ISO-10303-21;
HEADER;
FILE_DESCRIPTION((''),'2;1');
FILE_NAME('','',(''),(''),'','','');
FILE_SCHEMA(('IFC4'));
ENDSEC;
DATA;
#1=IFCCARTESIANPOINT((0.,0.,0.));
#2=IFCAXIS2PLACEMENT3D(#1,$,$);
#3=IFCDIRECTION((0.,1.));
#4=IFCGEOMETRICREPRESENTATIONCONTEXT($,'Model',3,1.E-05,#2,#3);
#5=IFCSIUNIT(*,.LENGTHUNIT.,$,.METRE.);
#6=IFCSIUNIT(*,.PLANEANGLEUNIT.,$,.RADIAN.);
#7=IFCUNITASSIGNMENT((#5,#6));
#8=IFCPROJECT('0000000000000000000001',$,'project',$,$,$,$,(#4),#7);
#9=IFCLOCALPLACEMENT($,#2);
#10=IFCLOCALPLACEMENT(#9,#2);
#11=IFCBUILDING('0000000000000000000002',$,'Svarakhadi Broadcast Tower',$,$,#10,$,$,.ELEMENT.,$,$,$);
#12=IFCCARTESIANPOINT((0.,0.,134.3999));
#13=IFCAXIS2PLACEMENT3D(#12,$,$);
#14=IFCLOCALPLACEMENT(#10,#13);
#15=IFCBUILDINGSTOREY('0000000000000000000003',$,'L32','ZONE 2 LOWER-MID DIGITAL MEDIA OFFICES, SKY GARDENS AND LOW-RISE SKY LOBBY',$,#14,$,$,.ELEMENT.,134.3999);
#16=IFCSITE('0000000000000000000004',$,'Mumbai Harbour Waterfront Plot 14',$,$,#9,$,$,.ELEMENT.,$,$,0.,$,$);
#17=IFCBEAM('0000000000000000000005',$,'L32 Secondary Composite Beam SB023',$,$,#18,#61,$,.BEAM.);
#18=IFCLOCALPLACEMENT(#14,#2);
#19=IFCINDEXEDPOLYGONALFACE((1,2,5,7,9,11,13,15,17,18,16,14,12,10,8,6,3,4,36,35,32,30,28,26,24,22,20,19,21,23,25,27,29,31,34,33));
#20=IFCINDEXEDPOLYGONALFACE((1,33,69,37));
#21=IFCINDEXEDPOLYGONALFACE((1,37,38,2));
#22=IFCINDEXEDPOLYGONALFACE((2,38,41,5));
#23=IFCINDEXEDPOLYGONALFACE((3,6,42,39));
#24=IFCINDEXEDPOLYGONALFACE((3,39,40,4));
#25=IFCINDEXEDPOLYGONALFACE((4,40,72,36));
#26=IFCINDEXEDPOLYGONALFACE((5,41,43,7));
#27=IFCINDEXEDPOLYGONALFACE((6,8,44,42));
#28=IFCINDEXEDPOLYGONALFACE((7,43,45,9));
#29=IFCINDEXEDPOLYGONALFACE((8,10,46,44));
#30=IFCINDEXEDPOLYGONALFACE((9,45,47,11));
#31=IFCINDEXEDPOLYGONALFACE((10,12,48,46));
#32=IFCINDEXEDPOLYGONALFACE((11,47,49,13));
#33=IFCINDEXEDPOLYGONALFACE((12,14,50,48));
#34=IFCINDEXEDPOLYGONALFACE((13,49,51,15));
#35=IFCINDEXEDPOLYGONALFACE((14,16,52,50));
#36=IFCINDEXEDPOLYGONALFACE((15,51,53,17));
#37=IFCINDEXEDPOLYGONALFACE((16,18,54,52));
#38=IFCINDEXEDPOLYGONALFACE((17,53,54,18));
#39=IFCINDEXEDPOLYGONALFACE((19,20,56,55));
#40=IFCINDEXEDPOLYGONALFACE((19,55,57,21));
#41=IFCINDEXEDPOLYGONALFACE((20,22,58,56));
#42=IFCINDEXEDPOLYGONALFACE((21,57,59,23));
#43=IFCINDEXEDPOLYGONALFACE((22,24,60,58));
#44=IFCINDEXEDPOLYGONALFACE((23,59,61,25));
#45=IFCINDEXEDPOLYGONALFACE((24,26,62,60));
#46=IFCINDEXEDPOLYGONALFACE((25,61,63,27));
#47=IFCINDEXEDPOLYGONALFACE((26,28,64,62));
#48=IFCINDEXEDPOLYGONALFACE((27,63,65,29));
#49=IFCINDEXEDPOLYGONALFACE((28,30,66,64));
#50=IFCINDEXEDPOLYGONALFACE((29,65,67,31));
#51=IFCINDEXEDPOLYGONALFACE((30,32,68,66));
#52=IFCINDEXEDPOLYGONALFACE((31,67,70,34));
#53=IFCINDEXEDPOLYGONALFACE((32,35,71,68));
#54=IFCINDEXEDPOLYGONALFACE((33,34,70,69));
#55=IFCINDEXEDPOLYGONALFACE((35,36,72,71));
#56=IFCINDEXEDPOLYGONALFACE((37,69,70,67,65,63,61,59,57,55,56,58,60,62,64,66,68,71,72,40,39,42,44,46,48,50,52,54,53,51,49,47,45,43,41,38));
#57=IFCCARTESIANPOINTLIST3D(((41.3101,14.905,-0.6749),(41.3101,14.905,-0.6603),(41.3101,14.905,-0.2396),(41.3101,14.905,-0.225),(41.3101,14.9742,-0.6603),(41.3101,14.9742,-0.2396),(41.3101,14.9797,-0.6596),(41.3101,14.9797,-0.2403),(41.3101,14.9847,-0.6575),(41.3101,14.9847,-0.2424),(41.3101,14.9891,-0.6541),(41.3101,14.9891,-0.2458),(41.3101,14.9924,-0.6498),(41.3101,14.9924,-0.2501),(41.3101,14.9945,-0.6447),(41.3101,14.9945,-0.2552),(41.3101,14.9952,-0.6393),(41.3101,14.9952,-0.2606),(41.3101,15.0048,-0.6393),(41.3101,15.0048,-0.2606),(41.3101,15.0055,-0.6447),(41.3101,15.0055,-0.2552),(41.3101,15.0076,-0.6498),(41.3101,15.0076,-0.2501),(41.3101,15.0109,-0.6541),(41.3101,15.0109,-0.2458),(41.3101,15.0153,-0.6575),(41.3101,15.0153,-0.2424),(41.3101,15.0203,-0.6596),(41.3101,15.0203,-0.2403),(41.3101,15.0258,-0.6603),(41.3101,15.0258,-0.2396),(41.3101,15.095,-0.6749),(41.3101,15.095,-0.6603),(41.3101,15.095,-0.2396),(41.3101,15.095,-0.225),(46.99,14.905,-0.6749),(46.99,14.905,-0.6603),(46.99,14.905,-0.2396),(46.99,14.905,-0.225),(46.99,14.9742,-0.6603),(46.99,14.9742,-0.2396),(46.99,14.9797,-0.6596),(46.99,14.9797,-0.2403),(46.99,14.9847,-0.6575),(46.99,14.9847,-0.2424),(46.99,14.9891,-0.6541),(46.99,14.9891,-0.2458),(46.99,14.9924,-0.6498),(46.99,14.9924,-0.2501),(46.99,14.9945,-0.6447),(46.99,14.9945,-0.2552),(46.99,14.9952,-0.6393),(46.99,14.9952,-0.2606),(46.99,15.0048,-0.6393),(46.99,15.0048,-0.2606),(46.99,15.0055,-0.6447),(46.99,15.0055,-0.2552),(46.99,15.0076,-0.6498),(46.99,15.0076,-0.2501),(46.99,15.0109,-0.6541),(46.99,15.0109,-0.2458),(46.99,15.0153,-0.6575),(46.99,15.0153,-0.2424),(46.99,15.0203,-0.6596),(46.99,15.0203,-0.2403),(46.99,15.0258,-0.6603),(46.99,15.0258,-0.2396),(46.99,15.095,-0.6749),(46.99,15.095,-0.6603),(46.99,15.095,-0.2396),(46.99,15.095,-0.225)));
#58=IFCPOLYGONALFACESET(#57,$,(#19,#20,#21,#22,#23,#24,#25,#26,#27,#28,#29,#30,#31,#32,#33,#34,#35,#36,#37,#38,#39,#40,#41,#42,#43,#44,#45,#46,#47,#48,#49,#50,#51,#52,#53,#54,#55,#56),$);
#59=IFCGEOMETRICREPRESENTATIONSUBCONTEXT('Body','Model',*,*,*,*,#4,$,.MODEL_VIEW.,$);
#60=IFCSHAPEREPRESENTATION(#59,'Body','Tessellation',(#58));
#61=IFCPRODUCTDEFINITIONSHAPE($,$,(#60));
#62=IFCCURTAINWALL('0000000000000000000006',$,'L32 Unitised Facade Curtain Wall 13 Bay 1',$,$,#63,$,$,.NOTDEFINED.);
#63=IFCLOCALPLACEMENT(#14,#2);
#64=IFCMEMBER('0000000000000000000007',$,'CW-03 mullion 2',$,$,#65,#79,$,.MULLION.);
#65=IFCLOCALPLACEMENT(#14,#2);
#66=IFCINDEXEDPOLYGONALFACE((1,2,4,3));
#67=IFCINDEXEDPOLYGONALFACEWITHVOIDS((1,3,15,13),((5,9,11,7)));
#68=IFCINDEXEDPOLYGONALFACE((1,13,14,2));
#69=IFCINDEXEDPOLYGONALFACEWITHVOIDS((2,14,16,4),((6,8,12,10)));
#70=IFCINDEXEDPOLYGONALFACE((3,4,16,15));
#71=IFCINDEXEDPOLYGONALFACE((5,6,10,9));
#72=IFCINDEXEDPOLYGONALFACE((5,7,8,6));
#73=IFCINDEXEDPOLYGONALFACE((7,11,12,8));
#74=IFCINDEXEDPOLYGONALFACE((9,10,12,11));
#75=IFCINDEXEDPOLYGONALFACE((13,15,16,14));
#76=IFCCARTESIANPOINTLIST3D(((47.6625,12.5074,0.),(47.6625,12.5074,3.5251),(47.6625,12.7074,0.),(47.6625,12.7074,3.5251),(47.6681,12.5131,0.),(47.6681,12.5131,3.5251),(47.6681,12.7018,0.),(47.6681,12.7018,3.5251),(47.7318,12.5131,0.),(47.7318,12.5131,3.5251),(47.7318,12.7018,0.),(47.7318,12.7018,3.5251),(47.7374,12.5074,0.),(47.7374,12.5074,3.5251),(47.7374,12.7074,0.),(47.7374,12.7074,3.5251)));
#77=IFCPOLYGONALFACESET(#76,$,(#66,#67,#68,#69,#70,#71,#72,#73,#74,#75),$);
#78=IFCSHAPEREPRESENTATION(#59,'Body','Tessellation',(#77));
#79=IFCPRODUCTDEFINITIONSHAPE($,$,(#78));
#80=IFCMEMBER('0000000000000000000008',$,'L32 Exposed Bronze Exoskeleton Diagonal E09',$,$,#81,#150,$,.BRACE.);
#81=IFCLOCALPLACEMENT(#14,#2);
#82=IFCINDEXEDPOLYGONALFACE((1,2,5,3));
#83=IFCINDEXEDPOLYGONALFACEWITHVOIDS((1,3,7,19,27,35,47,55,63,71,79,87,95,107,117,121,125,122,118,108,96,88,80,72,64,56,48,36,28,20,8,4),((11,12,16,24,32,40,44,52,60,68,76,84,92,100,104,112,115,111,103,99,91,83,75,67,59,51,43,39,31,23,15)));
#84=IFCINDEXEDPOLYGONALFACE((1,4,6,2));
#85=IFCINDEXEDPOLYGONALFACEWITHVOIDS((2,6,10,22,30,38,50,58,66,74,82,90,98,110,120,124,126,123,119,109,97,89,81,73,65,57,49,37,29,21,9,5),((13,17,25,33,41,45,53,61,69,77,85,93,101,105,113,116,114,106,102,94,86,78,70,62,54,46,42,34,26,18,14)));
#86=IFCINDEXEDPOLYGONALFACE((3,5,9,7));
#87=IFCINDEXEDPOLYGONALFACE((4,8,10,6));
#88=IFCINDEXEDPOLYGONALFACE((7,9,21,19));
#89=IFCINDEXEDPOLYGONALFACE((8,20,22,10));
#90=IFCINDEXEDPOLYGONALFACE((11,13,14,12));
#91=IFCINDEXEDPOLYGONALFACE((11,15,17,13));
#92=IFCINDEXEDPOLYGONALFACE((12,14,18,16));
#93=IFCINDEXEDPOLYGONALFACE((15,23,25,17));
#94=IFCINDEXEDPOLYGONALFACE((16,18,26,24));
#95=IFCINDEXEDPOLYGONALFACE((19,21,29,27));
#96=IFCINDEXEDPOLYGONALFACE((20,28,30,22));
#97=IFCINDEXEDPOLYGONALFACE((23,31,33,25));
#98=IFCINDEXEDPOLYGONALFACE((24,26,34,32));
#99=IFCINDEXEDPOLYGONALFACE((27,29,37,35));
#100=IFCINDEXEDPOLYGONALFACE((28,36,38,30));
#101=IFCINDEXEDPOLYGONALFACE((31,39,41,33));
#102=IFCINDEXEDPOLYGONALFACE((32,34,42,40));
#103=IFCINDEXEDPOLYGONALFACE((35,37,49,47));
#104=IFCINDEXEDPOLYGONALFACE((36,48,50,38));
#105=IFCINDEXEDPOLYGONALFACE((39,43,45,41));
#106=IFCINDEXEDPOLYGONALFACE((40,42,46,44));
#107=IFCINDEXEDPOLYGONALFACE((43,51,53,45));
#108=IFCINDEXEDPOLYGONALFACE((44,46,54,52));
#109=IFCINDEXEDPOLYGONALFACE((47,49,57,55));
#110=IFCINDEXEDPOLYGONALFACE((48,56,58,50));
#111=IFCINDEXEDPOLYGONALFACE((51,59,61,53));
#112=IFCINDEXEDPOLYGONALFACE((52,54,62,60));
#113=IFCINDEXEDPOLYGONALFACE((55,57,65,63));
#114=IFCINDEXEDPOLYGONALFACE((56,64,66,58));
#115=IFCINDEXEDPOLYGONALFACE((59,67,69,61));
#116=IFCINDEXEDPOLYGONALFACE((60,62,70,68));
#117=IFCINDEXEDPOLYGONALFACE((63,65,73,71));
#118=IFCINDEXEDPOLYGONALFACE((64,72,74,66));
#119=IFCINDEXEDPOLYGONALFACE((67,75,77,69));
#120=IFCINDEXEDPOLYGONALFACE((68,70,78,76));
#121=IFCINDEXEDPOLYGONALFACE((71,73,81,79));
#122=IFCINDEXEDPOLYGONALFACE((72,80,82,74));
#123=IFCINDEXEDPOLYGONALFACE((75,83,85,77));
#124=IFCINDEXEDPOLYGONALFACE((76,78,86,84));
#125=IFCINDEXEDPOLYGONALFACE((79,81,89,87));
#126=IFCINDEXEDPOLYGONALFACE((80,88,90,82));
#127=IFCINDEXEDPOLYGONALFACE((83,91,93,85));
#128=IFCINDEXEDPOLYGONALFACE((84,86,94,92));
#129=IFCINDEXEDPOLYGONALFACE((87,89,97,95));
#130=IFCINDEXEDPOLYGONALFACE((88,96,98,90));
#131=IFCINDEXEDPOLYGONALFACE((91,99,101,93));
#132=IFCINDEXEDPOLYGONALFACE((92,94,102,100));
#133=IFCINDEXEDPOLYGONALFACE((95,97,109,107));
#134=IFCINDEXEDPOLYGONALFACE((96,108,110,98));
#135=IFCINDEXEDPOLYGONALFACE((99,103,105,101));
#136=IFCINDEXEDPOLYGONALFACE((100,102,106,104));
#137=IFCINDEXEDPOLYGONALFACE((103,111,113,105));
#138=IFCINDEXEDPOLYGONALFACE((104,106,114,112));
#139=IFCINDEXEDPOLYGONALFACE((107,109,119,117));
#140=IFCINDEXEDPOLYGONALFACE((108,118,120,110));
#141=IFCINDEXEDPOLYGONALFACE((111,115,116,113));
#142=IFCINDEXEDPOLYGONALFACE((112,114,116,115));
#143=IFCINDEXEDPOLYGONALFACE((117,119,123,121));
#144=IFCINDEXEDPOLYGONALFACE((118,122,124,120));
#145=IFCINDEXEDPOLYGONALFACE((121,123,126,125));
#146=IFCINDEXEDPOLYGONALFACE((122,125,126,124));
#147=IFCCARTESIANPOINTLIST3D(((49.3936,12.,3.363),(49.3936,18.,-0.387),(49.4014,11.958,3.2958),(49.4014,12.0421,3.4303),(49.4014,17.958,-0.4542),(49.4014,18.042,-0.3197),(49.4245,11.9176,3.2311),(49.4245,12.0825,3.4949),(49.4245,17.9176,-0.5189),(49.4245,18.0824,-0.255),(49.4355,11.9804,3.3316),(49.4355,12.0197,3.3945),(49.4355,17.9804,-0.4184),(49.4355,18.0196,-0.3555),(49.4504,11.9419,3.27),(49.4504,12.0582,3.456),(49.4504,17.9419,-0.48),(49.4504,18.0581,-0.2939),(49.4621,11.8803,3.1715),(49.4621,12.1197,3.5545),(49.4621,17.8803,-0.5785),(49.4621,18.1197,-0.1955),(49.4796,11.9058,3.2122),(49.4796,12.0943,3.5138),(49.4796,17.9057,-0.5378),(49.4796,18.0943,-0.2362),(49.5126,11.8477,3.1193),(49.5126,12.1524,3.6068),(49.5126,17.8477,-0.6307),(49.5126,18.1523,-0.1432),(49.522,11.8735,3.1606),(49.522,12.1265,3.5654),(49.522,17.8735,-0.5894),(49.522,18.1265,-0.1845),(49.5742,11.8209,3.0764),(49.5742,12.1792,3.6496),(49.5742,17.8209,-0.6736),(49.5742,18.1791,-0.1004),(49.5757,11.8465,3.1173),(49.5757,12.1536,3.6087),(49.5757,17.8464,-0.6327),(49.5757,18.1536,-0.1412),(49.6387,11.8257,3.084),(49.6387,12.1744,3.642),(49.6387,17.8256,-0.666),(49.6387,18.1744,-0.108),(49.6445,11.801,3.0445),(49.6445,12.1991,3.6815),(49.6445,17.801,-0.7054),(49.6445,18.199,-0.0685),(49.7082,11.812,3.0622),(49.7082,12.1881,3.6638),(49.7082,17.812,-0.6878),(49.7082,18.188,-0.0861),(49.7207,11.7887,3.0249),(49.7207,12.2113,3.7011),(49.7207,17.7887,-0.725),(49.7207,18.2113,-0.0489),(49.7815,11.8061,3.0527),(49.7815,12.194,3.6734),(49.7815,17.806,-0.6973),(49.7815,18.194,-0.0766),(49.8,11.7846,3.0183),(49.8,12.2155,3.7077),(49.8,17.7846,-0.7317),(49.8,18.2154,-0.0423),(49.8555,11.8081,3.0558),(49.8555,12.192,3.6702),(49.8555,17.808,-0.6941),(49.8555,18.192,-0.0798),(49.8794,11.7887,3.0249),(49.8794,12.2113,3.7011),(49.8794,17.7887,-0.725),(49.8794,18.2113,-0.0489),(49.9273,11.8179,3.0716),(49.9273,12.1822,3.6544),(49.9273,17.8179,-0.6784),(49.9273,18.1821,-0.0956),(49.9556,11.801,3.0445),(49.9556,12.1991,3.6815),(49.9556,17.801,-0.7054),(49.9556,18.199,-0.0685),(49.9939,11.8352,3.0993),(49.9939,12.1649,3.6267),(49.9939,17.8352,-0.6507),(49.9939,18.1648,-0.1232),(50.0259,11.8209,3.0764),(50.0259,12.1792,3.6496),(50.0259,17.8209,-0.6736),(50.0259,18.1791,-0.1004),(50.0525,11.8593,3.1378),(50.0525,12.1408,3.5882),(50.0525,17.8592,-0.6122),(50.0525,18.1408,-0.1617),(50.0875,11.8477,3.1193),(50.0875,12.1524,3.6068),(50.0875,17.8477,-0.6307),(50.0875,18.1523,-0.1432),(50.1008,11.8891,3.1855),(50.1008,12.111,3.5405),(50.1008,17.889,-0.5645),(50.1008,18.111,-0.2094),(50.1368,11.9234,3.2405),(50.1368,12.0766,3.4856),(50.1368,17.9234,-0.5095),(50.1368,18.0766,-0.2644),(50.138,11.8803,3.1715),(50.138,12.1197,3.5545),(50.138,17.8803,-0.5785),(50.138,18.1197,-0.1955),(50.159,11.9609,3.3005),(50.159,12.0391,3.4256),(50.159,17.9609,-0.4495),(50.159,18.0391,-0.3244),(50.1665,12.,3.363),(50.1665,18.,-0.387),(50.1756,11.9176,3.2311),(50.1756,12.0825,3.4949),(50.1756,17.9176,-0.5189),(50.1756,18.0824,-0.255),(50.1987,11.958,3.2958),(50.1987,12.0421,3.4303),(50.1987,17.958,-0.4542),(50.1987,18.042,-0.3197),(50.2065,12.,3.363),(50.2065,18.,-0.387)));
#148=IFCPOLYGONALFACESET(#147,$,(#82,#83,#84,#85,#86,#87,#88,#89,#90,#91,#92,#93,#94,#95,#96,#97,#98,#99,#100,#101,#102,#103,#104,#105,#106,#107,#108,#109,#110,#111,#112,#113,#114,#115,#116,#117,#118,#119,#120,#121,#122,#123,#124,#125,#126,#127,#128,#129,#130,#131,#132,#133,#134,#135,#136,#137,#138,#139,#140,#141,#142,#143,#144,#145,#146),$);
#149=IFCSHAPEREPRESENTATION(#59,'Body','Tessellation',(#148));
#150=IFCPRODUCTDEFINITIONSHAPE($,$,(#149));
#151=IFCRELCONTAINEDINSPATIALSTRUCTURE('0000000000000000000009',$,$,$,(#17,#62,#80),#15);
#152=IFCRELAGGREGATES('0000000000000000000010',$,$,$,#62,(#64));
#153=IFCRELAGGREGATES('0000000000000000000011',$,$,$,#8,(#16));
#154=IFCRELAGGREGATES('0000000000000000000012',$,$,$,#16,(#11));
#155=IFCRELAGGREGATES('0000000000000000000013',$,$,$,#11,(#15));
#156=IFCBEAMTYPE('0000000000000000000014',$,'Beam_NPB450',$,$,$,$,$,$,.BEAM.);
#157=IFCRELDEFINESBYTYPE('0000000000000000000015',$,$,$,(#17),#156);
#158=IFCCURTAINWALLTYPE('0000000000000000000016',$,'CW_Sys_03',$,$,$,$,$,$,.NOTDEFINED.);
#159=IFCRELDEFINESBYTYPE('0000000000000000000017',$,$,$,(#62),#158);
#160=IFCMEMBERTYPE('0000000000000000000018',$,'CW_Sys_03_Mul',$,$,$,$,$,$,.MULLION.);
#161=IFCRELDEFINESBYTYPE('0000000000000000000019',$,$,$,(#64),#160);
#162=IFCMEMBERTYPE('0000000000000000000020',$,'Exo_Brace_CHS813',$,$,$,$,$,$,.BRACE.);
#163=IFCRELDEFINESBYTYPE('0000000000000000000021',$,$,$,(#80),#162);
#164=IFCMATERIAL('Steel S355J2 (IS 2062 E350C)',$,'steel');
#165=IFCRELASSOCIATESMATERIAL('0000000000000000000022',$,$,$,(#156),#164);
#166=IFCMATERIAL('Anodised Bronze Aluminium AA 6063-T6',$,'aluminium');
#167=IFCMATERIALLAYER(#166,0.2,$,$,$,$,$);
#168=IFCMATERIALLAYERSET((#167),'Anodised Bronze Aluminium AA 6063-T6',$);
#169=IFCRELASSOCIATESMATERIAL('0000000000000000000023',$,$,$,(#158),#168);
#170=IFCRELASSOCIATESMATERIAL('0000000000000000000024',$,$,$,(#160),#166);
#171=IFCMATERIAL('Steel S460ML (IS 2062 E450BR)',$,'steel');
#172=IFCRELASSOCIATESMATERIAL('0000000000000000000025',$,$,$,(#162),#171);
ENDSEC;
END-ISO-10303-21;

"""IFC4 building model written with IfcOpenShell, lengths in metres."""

from ifc_helpers import new_model, si_unit, direction, frame, origin, origin_2d, place, context, subcontext, project, spatial, hollow_rectangle, hollow_circle, i_section, extrude, material, layer, layer_set, material_profile, profile_set, type_object, element, aggregate, save


model = new_model("IFC4")

# Units and contexts
model_context = context("Model", 3, precision=1e-05, world=origin(), true_north=direction((0.0, 1.0)))
body_context = subcontext(model_context, "Body", "Model", "MODEL_VIEW")
ifc_project = project(units=[si_unit("LENGTHUNIT", "METRE"), si_unit("PLANEANGLEUNIT", "RADIAN")], contexts=[model_context])

# Site, building, storey
site_placement = place(None, origin())
site = spatial("IfcSite", under=ifc_project, at=site_placement, Name="Mumbai Harbour Waterfront Plot 14", CompositionType="ELEMENT", RefElevation=0.0)
building_placement = place(site_placement, origin())
building = spatial("IfcBuilding", under=site, at=building_placement, Name="Svarakhadi Broadcast Tower", CompositionType="ELEMENT")
storey_placement = place(building_placement, frame((0.0, 0.0, 134.3999)))
storey = spatial("IfcBuildingStorey", under=building, at=storey_placement, Name="L32", Description="ZONE 2 LOWER-MID DIGITAL MEDIA OFFICES, SKY GARDENS AND LOW-RISE SKY LOBBY", CompositionType="ELEMENT", Elevation=134.3999)

# Shared definitions
ifc_material_1 = material(Name="Steel S460ML (IS 2062 E450BR)", Category="steel")

# Beam
ifc_material_2 = material(Name="Steel S355J2 (IS 2062 E350C)", Category="steel")
ifc_material_profile_1 = material_profile(ifc_material_2, i_section(OverallWidth=0.1899, OverallDepth=0.45, WebThickness=0.0095, FlangeThickness=0.0146, FilletRadius=0.021, at=origin_2d()), Name="NPB 450x190x78")
ifc_profile_set_1 = profile_set([ifc_material_profile_1], Name="Steel S355J2 (IS 2062 E350C)")
beam_type_1 = type_object("IfcBeamType", Name="Beam_NPB450", PredefinedType="BEAM", material=ifc_profile_set_1)
for number, where, z_axis, x_axis, name in (
    (1, (41.3101, 15.0, -0.45), (1.0, 0.0, 0.0), (0.0, 1.0, 0.0), "L32 Secondary Composite Beam SB023"),
):
    element("IfcBeam", number, at=place(storey_placement, frame(where, z_axis=z_axis, x_axis=x_axis)), inside=storey, type_object=beam_type_1, Name=name, PredefinedType="BEAM", context=body_context, shape_type="SweptSolid", body=[
        extrude(i_section(OverallWidth=0.1899, OverallDepth=0.45, WebThickness=0.0095, FlangeThickness=0.0146, FilletRadius=0.021, at=origin_2d()), origin(), (0.0, 0.0, 1.0), 5.6799),
    ])

# Curtain wall, member
ifc_material_3 = material(Name="Anodised Bronze Aluminium AA 6063-T6", Category="aluminium")
ifc_layer_1 = layer(ifc_material_3, 0.2)
ifc_layer_set_1 = layer_set([ifc_layer_1], Name="Anodised Bronze Aluminium AA 6063-T6")
curtain_wall_type = type_object("IfcCurtainWallType", Name="CW_Sys_03", PredefinedType="NOTDEFINED", material=ifc_layer_set_1)
curtain_wall_placement = place(storey_placement, origin())
curtain_wall = element("IfcCurtainWall", 2, at=curtain_wall_placement, inside=storey, type_object=curtain_wall_type, Name="L32 Unitised Facade Curtain Wall 13 Bay 1", PredefinedType="NOTDEFINED")
ifc_material_profile_2 = material_profile(ifc_material_3, hollow_rectangle(XDim=0.075, YDim=0.2, WallThickness=0.0056, at=origin_2d()), Name="ALU MULLION 200x75x6")
ifc_profile_set_2 = profile_set([ifc_material_profile_2], Name="Anodised Bronze Aluminium AA 6063-T6")
member_type_1 = type_object("IfcMemberType", Name="CW_Sys_03_Mul", PredefinedType="MULLION", material=ifc_profile_set_2)
member_1_placement = place(storey_placement, frame((47.7, 12.6074, 0.0), z_axis=(0.0, 0.0, 1.0), x_axis=(1.0, 0.0, 0.0)))
member_1 = element("IfcMember", 3, at=member_1_placement, type_object=member_type_1, Name="CW-03 mullion 2", PredefinedType="MULLION", context=body_context, shape_type="SweptSolid", body=[
    extrude(hollow_rectangle(XDim=0.075, YDim=0.2, WallThickness=0.0056, at=origin_2d()), origin(), (0.0, 0.0, 1.0), 3.5251),
])

# Member
ifc_material_profile_3 = material_profile(ifc_material_1, hollow_circle(Radius=0.4065, WallThickness=0.04, at=origin_2d()), Name="CHS 813x40")
ifc_profile_set_3 = profile_set([ifc_material_profile_3], Name="Steel S460ML (IS 2062 E450BR)")
member_type_2 = type_object("IfcMemberType", Name="Exo_Brace_CHS813", PredefinedType="BRACE", material=ifc_profile_set_3)
member_2_placement = place(storey_placement, frame((49.8, 18.0, -0.387), z_axis=(0.0, -0.847998, 0.529999), x_axis=(1.0, 0.0, 0.0)))
element("IfcMember", 4, at=member_2_placement, inside=storey, type_object=member_type_2, Name="L32 Exposed Bronze Exoskeleton Diagonal E09", PredefinedType="BRACE", context=body_context, shape_type="SweptSolid", body=[
    extrude(hollow_circle(Radius=0.4065, WallThickness=0.04, at=origin_2d()), origin(), (0.0, 0.0, 1.0), 7.0754),
])

aggregate(curtain_wall, [member_1])

save(model, "model.ifc")
